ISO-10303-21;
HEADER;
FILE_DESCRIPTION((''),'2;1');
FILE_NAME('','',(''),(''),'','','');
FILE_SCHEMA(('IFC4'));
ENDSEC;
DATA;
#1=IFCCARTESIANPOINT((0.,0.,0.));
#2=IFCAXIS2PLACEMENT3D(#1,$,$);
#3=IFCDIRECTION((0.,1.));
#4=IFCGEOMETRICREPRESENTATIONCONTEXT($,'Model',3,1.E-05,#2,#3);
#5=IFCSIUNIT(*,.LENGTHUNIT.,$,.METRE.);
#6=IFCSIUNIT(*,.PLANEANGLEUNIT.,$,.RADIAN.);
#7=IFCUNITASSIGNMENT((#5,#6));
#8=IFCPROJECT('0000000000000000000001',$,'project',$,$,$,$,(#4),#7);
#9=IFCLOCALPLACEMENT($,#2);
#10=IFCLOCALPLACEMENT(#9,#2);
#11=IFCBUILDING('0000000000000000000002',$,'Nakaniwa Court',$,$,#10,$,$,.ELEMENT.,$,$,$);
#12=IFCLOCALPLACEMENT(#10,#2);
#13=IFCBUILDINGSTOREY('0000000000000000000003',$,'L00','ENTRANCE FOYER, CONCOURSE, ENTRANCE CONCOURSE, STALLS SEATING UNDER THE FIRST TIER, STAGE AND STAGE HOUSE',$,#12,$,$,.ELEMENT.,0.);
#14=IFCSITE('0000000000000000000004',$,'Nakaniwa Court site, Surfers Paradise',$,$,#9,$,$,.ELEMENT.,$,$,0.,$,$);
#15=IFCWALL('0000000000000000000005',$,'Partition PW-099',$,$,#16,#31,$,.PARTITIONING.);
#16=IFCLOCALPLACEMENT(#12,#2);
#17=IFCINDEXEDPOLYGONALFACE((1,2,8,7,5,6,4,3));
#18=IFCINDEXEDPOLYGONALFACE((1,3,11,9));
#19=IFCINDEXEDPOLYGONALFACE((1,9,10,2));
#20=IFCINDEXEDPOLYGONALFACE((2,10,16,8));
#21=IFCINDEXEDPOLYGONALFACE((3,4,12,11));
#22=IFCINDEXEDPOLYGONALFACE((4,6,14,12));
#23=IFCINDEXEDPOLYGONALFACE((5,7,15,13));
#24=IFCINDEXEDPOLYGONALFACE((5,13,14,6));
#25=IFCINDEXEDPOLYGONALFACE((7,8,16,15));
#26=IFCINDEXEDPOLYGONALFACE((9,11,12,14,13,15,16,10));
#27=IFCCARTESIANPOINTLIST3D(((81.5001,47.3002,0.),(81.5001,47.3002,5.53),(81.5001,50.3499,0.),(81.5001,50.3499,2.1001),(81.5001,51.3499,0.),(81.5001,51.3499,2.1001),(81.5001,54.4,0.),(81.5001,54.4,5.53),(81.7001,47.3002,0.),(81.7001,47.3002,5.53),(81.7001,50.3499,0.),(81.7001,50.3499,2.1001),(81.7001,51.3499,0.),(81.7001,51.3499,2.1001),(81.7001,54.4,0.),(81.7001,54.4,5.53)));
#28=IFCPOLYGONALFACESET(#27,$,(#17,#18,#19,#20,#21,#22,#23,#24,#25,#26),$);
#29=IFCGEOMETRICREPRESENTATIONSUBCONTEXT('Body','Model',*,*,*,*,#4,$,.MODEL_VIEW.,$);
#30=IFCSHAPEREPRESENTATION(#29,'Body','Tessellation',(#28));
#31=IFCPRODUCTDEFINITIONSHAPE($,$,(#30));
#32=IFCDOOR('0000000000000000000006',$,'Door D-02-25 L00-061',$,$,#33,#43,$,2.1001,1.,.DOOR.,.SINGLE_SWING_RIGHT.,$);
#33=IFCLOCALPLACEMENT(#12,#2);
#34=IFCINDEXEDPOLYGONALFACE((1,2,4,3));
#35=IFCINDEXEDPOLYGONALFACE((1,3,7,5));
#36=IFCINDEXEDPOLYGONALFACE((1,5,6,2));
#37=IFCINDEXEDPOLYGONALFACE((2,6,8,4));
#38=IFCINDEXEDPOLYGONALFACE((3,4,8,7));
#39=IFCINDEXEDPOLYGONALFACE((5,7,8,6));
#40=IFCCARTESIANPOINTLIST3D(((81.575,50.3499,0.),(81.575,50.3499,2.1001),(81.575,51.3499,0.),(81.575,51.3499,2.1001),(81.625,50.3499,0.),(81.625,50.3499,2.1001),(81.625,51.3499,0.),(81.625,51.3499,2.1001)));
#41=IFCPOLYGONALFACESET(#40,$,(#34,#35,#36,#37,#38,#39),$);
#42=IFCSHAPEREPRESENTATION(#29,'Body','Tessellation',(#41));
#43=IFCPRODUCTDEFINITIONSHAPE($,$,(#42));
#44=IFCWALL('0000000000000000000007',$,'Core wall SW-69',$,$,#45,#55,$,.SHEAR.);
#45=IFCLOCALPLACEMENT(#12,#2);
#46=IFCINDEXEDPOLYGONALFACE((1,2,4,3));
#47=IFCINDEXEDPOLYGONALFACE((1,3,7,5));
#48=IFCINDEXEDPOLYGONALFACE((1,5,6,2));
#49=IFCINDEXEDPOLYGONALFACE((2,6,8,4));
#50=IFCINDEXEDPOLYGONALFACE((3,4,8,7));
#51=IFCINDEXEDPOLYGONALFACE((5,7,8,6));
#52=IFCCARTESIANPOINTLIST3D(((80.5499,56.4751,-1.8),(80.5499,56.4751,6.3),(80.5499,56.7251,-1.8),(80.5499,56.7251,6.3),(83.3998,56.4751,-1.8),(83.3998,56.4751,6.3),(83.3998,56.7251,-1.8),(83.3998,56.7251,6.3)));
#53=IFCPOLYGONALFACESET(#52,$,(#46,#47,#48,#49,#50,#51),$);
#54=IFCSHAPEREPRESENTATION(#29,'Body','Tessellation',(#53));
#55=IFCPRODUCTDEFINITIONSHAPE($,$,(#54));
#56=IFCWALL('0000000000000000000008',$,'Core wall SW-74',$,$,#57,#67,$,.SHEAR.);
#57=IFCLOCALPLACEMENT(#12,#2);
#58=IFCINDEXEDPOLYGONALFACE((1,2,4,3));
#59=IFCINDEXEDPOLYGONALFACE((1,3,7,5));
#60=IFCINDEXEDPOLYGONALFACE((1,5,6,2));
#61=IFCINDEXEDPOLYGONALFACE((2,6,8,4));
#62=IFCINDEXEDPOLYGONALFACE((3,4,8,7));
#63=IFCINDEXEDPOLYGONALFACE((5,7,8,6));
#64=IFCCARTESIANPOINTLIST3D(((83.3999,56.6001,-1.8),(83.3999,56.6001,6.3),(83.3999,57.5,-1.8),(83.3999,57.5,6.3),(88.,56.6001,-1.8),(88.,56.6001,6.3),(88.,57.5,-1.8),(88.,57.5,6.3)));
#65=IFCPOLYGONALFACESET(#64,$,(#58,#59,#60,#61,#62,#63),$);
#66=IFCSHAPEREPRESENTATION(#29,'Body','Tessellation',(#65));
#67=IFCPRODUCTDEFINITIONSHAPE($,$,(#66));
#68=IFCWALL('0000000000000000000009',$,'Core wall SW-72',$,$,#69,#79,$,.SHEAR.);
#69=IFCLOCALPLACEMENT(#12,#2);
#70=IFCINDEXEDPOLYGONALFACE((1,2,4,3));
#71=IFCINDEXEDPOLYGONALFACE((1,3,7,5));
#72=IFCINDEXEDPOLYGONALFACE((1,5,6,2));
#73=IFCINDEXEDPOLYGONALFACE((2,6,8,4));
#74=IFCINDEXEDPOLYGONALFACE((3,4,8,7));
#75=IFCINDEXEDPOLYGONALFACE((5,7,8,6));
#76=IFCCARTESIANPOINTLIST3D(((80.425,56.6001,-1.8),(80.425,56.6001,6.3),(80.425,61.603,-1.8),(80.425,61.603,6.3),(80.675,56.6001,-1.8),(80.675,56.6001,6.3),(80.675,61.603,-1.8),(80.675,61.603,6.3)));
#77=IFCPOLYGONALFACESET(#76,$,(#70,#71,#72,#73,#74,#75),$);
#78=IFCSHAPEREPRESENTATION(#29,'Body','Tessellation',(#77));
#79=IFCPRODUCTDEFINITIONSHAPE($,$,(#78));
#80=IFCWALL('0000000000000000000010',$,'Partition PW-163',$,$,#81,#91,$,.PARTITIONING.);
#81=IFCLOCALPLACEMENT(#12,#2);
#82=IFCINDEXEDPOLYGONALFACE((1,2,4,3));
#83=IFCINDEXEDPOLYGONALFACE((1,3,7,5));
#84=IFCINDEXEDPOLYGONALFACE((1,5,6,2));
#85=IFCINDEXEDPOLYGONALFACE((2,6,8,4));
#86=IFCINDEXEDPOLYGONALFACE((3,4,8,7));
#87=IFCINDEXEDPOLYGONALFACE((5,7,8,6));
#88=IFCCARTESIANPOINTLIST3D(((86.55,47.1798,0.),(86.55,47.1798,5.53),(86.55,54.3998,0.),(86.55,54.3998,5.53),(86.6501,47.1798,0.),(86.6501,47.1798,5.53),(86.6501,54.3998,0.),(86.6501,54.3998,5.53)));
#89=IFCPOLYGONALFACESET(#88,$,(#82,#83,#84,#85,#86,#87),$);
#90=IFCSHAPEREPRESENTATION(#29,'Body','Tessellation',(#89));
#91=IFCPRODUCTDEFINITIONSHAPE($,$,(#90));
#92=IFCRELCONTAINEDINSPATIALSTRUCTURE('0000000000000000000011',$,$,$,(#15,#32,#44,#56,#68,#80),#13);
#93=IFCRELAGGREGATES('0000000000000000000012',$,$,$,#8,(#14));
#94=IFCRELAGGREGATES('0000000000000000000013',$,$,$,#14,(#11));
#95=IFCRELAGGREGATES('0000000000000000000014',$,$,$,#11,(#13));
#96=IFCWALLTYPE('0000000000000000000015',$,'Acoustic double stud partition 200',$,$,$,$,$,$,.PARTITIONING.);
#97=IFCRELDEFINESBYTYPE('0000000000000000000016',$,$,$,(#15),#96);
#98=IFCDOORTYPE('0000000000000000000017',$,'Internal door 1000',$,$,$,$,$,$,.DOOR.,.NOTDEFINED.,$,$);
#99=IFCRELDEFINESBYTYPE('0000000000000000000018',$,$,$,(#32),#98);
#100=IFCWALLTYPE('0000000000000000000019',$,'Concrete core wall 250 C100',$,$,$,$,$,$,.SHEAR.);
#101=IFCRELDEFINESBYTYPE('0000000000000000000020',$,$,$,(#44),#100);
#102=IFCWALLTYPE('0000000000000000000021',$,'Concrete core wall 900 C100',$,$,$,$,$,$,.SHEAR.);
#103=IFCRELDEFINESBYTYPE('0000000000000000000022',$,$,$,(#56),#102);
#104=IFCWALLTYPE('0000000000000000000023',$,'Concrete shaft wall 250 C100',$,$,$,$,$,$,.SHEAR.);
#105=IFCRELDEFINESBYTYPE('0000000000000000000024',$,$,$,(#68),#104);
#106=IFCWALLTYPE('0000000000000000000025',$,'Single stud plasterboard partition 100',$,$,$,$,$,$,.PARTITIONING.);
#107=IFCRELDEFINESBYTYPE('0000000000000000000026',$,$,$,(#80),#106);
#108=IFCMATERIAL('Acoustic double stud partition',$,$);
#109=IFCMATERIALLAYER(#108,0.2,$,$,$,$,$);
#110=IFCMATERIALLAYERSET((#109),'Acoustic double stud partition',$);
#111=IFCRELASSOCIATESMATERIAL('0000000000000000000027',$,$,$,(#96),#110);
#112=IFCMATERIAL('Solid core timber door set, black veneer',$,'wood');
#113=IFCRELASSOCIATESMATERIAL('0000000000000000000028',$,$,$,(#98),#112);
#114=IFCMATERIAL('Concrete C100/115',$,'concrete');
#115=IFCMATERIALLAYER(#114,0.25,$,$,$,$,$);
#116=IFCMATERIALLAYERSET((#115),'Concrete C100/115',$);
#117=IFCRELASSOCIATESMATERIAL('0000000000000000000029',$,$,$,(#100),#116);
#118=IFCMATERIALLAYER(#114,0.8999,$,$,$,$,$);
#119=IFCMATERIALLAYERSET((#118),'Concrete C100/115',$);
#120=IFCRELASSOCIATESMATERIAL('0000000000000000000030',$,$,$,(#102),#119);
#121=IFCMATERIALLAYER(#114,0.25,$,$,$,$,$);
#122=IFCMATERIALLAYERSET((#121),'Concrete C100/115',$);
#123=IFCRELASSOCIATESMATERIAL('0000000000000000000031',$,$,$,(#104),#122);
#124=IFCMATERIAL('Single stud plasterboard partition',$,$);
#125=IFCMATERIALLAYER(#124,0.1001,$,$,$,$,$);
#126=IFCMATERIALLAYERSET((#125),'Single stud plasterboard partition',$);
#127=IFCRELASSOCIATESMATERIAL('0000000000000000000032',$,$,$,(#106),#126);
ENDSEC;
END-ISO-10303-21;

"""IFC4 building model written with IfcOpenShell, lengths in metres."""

from ifc_helpers import new_model, si_unit, direction, frame, frame_2d, origin, place, context, subcontext, project, spatial, rectangle, extrude, material, layer, layer_set, type_object, element, fill, save


model = new_model("IFC4")

# Units and contexts
model_context = context("Model", 3, precision=1e-05, world=origin(), true_north=direction((0.0, 1.0)))
body_context = subcontext(model_context, "Body", "Model", "MODEL_VIEW")
ifc_project = project(units=[si_unit("LENGTHUNIT", "METRE"), si_unit("PLANEANGLEUNIT", "RADIAN")], contexts=[model_context])

# Site, building, storey
site_placement = place(None, origin())
site = spatial("IfcSite", under=ifc_project, at=site_placement, Name="Nakaniwa Court site, Surfers Paradise", CompositionType="ELEMENT", RefElevation=0.0)
building_placement = place(site_placement, origin())
building = spatial("IfcBuilding", under=site, at=building_placement, Name="Nakaniwa Court", CompositionType="ELEMENT")
storey_placement = place(building_placement, origin())
storey = spatial("IfcBuildingStorey", under=building, at=storey_placement, Name="L00", Description="ENTRANCE FOYER, CONCOURSE, ENTRANCE CONCOURSE, STALLS SEATING UNDER THE FIRST TIER, STAGE AND STAGE HOUSE", CompositionType="ELEMENT", Elevation=0.0)

# Shared definitions
ifc_material_1 = material(Name="Concrete C100/115", Category="concrete")

# Wall, opening, door
ifc_material_2 = material(Name="Acoustic double stud partition")
ifc_layer_1 = layer(ifc_material_2, 0.2)
ifc_layer_set_1 = layer_set([ifc_layer_1], Name="Acoustic double stud partition")
wall_type_1 = type_object("IfcWallType", Name="Acoustic double stud partition 200", PredefinedType="PARTITIONING", material=ifc_layer_set_1)
wall_1_placement = place(storey_placement, frame((81.6001, 54.3999, 0.0), z_axis=(0.0, 0.0, 1.0), x_axis=(0.0, -1.0, 0.0)))
wall_1 = element("IfcWall", 1, at=wall_1_placement, inside=storey, type_object=wall_type_1, Name="Partition PW-099", PredefinedType="PARTITIONING", context=body_context, shape_type="SweptSolid", body=[
    extrude(rectangle(XDim=7.0999, YDim=0.2, at=frame_2d((3.5498, 0.0))), origin(), (0.0, 0.0, 1.0), 5.53),
])
opening_placement = place(wall_1_placement, frame((3.05, 0.0, 0.0)))
opening = element("IfcOpeningElement", 2, at=opening_placement, cuts=wall_1, PredefinedType="OPENING", context=body_context, shape_type="SweptSolid", body=[
    extrude(rectangle(XDim=1.0, YDim=2.1001, at=frame_2d((0.5, 1.05))), frame((0.0, 0.1099, 0.0), z_axis=(0.0, -1.0, 0.0), x_axis=(1.0, 0.0, 0.0)), (0.0, 0.0, 1.0), 0.22),
])
ifc_material_3 = material(Name="Solid core timber door set, black veneer", Category="wood")
door_type = type_object("IfcDoorType", Name="Internal door 1000", OperationType="NOTDEFINED", PredefinedType="DOOR", material=ifc_material_3)
door_placement = place(opening_placement, origin())
door = element("IfcDoor", 3, at=door_placement, inside=storey, type_object=door_type, Name="Door D-02-25 L00-061", OperationType="SINGLE_SWING_RIGHT", OverallHeight=2.1001, OverallWidth=1.0, PredefinedType="DOOR", context=body_context, shape_type="SweptSolid", body=[
    extrude(rectangle(XDim=1.0, YDim=2.1001, at=frame_2d((0.5, 1.05))), frame((0.0, 0.0249, 0.0), z_axis=(0.0, -1.0, 0.0), x_axis=(1.0, 0.0, 0.0)), (0.0, 0.0, 1.0), 0.05),
])
fill(opening, door)

# Walls
ifc_layer_2 = layer(ifc_material_1, 0.25)
ifc_layer_set_2 = layer_set([ifc_layer_2], Name="Concrete C100/115")
wall_type_2 = type_object("IfcWallType", Name="Concrete core wall 250 C100", PredefinedType="SHEAR", material=ifc_layer_set_2)
wall_2_placement = place(storey_placement, frame((80.55, 56.6001, -1.8), z_axis=(0.0, 0.0, 1.0), x_axis=(1.0, 0.0, 0.0)))
element("IfcWall", 4, at=wall_2_placement, inside=storey, type_object=wall_type_2, Name="Core wall SW-69", PredefinedType="SHEAR", context=body_context, shape_type="SweptSolid", body=[
    extrude(rectangle(XDim=2.8499, YDim=0.25, at=frame_2d((1.4248, 0.0))), origin(), (0.0, 0.0, 1.0), 8.1001),
])
ifc_layer_3 = layer(ifc_material_1, 0.8999)
ifc_layer_set_3 = layer_set([ifc_layer_3], Name="Concrete C100/115")
wall_type_3 = type_object("IfcWallType", Name="Concrete core wall 900 C100", PredefinedType="SHEAR", material=ifc_layer_set_3)
wall_3_placement = place(storey_placement, frame((83.3999, 57.05, -1.8), z_axis=(0.0, 0.0, 1.0), x_axis=(1.0, 0.0, 0.0)))
element("IfcWall", 5, at=wall_3_placement, inside=storey, type_object=wall_type_3, Name="Core wall SW-74", PredefinedType="SHEAR", context=body_context, shape_type="SweptSolid", body=[
    extrude(rectangle(XDim=4.6001, YDim=0.8999, at=frame_2d((2.3, 0.0))), origin(), (0.0, 0.0, 1.0), 8.1001),
])
ifc_layer_4 = layer(ifc_material_1, 0.25)
ifc_layer_set_4 = layer_set([ifc_layer_4], Name="Concrete C100/115")
wall_type_4 = type_object("IfcWallType", Name="Concrete shaft wall 250 C100", PredefinedType="SHEAR", material=ifc_layer_set_4)
wall_4_placement = place(storey_placement, frame((80.55, 56.6001, -1.8), z_axis=(0.0, 0.0, 1.0), x_axis=(0.0, 1.0, 0.0)))
element("IfcWall", 6, at=wall_4_placement, inside=storey, type_object=wall_type_4, Name="Core wall SW-72", PredefinedType="SHEAR", context=body_context, shape_type="SweptSolid", body=[
    extrude(rectangle(XDim=5.0029, YDim=0.25, at=frame_2d((2.5015, 0.0))), origin(), (0.0, 0.0, 1.0), 8.1001),
])
ifc_material_4 = material(Name="Single stud plasterboard partition")
ifc_layer_5 = layer(ifc_material_4, 0.1001)
ifc_layer_set_5 = layer_set([ifc_layer_5], Name="Single stud plasterboard partition")
wall_type_5 = type_object("IfcWallType", Name="Single stud plasterboard partition 100", PredefinedType="PARTITIONING", material=ifc_layer_set_5)
wall_5_placement = place(storey_placement, frame((86.6001, 47.1799, 0.0), z_axis=(0.0, 0.0, 1.0), x_axis=(0.0, 1.0, 0.0)))
element("IfcWall", 7, at=wall_5_placement, inside=storey, type_object=wall_type_5, Name="Partition PW-163", PredefinedType="PARTITIONING", context=body_context, shape_type="SweptSolid", body=[
    extrude(rectangle(XDim=7.22, YDim=0.1001, at=frame_2d((3.6099, 0.0))), origin(), (0.0, 0.0, 1.0), 5.53),
])

save(model, "model.ifc")
